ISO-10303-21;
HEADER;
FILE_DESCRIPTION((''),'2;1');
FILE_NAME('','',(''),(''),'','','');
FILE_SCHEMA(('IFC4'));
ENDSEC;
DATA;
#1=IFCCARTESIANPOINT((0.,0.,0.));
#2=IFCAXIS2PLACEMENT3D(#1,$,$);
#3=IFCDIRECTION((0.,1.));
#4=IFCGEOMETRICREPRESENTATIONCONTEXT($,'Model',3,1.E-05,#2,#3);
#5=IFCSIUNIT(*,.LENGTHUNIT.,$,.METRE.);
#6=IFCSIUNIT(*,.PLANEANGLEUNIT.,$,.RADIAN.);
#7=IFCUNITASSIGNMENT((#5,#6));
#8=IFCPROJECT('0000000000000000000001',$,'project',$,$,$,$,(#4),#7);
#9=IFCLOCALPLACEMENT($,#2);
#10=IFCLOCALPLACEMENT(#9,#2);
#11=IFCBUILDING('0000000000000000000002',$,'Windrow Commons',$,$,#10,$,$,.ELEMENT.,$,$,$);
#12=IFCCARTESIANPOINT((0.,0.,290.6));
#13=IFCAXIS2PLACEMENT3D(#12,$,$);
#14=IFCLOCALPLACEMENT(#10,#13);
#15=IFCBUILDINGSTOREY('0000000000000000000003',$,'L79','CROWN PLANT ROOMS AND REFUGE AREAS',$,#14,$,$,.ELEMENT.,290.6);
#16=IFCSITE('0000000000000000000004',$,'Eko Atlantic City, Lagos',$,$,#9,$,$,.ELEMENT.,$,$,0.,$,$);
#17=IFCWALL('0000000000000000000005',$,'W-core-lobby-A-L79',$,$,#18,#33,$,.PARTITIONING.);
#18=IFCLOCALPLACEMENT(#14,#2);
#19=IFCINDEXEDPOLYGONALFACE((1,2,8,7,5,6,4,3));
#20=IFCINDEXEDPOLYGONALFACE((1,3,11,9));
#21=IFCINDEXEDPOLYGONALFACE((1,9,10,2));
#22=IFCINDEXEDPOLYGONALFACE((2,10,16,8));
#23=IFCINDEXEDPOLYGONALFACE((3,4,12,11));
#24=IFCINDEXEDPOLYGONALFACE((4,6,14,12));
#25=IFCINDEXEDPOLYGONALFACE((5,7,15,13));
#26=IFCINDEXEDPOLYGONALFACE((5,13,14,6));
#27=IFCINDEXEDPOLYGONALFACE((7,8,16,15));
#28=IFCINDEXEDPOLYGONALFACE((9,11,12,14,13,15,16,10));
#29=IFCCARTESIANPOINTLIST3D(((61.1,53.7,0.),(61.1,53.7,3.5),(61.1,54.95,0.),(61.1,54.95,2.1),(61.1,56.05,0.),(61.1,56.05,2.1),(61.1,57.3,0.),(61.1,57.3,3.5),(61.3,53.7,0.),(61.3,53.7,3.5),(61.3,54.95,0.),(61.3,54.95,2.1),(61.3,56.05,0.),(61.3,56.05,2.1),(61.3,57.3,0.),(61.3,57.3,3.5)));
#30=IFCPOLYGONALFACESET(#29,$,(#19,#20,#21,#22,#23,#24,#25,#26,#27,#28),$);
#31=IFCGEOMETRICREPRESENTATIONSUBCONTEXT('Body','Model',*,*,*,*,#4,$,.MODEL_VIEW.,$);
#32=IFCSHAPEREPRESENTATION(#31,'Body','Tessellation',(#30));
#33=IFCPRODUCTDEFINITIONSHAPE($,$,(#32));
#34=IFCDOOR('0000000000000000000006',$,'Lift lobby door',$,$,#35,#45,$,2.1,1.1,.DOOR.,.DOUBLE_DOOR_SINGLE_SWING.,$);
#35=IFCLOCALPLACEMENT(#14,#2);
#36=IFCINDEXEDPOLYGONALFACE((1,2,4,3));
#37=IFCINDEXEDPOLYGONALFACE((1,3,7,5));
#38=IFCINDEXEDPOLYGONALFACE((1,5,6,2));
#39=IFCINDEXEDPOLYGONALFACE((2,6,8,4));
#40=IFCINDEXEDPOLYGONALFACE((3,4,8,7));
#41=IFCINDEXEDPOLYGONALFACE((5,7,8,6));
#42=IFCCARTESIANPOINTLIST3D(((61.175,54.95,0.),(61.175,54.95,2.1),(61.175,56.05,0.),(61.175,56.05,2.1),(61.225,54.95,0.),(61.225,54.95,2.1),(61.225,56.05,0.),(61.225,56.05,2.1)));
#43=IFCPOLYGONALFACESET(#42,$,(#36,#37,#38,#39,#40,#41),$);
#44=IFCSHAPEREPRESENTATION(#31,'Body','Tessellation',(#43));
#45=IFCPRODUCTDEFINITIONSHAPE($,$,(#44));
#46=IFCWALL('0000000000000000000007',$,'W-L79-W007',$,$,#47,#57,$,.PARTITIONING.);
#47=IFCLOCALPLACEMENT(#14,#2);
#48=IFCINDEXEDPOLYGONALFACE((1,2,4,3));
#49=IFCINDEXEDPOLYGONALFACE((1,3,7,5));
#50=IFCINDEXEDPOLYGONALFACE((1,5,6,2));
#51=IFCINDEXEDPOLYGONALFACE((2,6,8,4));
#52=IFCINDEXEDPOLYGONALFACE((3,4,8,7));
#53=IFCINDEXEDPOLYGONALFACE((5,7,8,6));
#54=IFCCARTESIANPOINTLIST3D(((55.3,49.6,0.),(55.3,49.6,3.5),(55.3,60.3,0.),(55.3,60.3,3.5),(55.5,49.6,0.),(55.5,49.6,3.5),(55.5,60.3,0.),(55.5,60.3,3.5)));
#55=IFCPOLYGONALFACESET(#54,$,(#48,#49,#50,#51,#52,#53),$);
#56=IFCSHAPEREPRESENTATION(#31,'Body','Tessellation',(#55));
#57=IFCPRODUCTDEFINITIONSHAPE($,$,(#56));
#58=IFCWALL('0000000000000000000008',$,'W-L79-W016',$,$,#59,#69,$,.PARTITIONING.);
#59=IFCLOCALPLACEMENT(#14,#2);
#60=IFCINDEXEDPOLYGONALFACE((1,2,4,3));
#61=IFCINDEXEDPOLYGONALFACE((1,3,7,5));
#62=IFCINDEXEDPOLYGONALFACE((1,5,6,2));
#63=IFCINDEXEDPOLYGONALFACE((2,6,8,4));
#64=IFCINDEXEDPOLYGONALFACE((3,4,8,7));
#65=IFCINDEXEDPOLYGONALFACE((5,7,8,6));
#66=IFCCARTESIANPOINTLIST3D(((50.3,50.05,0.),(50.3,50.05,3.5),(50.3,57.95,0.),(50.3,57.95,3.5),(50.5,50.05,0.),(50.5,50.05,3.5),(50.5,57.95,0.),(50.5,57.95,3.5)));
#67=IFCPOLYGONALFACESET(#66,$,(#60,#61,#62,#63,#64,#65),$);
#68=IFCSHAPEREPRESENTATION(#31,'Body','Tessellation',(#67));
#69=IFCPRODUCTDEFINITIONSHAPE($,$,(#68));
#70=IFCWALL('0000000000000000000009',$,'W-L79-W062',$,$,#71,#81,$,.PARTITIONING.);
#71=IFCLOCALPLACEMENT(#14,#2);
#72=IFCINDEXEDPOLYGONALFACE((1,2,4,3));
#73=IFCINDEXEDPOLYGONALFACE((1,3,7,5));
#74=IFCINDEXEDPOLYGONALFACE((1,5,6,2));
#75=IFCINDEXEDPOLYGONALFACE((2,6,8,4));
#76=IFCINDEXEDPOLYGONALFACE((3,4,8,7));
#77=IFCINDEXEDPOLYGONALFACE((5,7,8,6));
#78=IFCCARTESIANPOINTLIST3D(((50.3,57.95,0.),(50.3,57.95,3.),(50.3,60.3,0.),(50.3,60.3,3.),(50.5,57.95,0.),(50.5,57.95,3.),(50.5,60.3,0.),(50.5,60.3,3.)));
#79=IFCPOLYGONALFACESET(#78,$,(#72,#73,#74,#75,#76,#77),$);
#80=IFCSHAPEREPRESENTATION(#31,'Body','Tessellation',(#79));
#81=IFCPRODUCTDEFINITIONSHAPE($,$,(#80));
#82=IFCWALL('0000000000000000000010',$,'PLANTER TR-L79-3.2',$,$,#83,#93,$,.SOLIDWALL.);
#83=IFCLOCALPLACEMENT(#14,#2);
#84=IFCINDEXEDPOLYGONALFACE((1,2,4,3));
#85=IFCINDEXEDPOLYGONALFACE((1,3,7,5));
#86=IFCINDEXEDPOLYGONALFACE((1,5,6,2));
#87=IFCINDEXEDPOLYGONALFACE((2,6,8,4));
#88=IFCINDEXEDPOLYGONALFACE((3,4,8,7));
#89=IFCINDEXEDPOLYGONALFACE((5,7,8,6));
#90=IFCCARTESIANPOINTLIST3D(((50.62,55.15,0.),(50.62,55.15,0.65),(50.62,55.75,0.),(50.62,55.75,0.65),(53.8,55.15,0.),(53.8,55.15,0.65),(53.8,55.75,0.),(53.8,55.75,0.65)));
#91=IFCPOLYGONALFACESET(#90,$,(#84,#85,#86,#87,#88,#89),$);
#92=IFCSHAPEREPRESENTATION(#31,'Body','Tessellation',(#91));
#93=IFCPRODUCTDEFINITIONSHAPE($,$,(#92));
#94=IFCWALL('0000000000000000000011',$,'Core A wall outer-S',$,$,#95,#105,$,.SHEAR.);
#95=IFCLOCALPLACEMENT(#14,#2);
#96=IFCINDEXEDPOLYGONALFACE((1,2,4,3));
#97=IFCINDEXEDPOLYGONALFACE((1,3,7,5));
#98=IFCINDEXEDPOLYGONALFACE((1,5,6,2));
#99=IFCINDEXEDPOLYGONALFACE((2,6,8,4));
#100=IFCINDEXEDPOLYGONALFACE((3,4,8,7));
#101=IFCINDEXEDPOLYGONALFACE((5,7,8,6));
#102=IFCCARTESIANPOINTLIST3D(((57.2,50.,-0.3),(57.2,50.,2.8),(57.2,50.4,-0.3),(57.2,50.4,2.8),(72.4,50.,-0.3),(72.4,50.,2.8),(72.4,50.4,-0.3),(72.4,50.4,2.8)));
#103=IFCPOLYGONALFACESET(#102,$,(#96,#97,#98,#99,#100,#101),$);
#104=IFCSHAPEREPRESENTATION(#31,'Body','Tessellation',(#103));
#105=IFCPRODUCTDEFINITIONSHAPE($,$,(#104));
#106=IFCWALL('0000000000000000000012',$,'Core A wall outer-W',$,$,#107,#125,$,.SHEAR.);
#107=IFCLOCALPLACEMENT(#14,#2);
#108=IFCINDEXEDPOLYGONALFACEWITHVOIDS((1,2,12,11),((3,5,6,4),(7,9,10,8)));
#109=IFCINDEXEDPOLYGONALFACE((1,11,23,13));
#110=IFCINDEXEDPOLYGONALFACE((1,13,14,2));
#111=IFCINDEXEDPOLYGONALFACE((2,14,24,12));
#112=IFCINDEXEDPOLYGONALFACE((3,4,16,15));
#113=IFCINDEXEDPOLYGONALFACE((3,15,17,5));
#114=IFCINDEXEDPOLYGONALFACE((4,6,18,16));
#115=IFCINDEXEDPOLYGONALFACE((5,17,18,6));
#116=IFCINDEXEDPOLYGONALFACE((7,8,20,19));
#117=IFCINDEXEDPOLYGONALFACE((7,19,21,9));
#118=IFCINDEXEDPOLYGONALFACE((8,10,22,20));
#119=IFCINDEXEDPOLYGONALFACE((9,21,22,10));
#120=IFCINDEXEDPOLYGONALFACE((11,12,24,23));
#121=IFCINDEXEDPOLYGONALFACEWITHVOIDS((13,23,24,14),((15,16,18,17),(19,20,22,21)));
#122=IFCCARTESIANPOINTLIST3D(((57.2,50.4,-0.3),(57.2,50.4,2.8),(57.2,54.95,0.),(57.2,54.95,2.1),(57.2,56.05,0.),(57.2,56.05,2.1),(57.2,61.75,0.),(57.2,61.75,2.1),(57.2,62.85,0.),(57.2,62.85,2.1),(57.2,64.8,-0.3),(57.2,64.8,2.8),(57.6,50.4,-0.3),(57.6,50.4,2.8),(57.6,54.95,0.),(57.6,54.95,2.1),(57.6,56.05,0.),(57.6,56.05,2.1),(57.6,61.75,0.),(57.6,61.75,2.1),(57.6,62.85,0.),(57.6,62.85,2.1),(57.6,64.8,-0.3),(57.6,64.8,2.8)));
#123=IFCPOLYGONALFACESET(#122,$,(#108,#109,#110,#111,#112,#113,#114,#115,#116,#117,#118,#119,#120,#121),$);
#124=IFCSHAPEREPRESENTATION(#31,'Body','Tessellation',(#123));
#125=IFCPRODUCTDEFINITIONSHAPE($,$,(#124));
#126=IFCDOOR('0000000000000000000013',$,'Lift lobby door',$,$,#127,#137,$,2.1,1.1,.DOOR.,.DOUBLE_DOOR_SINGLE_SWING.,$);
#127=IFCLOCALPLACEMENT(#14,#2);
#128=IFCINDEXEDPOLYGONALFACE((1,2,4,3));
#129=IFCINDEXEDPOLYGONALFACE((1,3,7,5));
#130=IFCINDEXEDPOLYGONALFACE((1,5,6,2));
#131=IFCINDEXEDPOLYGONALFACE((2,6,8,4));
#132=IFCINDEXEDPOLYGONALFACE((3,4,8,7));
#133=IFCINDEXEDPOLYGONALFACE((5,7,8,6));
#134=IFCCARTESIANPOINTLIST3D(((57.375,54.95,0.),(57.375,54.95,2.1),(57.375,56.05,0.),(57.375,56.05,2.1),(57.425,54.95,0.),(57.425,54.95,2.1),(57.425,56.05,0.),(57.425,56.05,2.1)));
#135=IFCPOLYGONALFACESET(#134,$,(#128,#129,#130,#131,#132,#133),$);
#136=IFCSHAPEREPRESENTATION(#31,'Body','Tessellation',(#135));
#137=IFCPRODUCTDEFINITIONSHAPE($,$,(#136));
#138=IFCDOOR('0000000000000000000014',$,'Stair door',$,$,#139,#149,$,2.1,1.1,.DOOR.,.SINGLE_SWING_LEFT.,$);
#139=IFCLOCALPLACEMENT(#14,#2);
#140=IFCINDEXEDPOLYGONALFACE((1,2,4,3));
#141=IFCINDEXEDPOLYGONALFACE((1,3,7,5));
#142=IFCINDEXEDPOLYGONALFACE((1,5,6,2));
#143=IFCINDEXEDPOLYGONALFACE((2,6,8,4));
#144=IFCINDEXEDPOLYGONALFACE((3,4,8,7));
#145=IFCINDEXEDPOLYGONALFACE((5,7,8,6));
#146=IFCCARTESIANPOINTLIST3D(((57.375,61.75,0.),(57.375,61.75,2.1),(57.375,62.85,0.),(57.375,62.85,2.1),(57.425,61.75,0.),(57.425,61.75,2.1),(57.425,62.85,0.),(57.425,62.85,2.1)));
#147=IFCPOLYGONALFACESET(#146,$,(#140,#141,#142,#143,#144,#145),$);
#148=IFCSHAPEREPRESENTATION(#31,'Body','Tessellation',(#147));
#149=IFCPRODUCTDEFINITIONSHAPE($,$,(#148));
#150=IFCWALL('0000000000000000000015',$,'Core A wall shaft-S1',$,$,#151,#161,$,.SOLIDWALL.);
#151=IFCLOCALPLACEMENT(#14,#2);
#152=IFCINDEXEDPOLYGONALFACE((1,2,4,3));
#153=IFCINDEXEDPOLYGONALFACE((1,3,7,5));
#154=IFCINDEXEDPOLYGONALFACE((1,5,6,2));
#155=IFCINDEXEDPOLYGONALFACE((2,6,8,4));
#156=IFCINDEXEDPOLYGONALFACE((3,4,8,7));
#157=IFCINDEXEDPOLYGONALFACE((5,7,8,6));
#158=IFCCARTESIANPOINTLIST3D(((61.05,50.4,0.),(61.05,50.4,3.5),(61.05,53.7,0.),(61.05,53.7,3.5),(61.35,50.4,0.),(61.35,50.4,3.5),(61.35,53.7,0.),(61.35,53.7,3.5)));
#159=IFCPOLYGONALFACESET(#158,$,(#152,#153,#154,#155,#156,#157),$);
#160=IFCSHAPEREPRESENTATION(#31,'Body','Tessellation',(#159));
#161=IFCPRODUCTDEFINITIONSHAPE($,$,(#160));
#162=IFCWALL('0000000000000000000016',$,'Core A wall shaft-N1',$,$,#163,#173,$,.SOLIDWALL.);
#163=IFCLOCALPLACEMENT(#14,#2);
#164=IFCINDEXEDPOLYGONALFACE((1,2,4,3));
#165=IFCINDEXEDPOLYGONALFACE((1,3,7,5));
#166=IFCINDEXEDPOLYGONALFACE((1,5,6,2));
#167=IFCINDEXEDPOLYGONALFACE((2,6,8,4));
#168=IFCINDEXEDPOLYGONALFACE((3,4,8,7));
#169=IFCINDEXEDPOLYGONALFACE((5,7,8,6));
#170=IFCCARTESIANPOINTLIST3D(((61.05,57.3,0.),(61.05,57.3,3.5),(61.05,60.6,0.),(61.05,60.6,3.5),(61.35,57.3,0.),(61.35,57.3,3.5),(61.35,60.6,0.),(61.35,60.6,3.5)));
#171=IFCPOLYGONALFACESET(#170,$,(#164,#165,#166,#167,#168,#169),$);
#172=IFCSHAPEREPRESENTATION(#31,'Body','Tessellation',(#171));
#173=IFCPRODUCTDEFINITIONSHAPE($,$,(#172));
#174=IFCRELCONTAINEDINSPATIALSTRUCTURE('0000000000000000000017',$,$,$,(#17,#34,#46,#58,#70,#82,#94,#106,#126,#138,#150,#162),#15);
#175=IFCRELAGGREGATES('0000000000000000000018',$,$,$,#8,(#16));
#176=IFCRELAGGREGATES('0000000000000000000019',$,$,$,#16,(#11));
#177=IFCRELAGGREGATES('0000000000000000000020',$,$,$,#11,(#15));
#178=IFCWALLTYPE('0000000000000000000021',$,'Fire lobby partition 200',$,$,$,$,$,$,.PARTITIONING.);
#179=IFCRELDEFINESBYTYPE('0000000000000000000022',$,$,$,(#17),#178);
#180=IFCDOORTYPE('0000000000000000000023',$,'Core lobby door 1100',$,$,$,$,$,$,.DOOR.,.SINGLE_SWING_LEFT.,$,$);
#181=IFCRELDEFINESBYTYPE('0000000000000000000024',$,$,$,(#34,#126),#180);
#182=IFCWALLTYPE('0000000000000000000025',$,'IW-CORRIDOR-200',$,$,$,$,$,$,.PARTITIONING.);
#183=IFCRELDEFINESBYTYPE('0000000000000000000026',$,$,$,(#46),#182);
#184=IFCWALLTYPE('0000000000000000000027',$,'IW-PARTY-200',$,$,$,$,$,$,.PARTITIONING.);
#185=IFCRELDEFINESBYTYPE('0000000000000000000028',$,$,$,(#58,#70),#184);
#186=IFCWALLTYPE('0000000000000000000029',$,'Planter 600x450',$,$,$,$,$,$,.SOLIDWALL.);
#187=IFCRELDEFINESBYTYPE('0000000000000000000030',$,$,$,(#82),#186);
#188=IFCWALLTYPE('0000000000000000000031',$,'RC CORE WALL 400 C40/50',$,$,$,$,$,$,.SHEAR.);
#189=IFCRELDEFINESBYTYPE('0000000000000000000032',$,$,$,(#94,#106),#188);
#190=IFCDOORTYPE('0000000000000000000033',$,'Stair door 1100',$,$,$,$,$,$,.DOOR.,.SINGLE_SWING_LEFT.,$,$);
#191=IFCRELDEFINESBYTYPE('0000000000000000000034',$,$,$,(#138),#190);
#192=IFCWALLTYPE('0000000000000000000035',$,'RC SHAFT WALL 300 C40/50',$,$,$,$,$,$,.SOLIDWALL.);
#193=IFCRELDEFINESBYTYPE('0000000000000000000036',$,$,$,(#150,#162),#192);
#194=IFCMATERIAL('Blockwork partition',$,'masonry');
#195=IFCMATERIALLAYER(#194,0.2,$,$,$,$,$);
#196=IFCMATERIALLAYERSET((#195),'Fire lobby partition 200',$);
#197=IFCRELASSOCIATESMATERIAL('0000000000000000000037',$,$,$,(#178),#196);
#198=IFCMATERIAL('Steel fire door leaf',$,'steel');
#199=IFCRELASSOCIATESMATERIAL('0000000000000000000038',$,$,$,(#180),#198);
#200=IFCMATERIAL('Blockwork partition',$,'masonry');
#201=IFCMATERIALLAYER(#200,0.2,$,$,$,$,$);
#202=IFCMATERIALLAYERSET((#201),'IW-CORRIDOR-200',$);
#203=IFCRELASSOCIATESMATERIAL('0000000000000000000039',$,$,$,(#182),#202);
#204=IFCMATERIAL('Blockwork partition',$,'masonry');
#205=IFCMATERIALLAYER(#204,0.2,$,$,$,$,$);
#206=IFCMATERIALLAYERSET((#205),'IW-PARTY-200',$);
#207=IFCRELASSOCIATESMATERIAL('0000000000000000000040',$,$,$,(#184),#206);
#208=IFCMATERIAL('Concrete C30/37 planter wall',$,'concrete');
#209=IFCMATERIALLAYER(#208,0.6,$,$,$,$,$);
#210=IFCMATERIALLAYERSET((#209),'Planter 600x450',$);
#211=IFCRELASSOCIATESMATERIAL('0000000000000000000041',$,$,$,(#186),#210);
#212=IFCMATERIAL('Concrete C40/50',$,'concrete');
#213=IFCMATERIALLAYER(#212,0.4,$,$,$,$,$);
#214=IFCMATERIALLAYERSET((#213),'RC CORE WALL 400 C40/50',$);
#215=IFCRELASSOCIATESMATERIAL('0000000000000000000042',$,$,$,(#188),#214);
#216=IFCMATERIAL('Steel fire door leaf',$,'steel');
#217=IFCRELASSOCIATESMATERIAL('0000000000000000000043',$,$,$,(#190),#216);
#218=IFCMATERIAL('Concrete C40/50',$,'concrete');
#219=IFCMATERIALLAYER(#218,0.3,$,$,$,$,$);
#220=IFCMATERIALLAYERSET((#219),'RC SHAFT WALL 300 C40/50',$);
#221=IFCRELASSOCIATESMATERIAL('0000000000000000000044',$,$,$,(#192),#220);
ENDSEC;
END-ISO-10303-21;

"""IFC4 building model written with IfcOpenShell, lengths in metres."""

from ifc_helpers import new_model, si_unit, direction, frame, frame_2d, origin, place, context, subcontext, project, spatial, polyline, rectangle, outline, extrude, material, layer, layer_set, type_object, element, fill, save


model = new_model("IFC4")

# Units and contexts
model_context = context("Model", 3, precision=1e-05, world=origin(), true_north=direction((0.0, 1.0)))
body_context = subcontext(model_context, "Body", "Model", "MODEL_VIEW")
ifc_project = project(units=[si_unit("LENGTHUNIT", "METRE"), si_unit("PLANEANGLEUNIT", "RADIAN")], contexts=[model_context])

# Site, building, storey
site_placement = place(None, origin())
site = spatial("IfcSite", under=ifc_project, at=site_placement, Name="Eko Atlantic City, Lagos", CompositionType="ELEMENT", RefElevation=0.0)
building_placement = place(site_placement, origin())
building = spatial("IfcBuilding", under=site, at=building_placement, Name="Windrow Commons", CompositionType="ELEMENT")
storey_placement = place(building_placement, frame((0.0, 0.0, 290.6)))
storey = spatial("IfcBuildingStorey", under=building, at=storey_placement, Name="L79", Description="CROWN PLANT ROOMS AND REFUGE AREAS", CompositionType="ELEMENT", Elevation=290.6)

# Wall, opening, door
ifc_material_1 = material(Name="Blockwork partition", Category="masonry")
ifc_layer_1 = layer(ifc_material_1, 0.2)
ifc_layer_set_1 = layer_set([ifc_layer_1], Name="Fire lobby partition 200")
wall_type_1 = type_object("IfcWallType", Name="Fire lobby partition 200", PredefinedType="PARTITIONING", material=ifc_layer_set_1)
wall_1_placement = place(storey_placement, frame((61.2, 53.7, 0.0), z_axis=(0.0, 0.0, 1.0), x_axis=(0.0, 1.0, 0.0)))
wall_1 = element("IfcWall", 1, at=wall_1_placement, inside=storey, type_object=wall_type_1, Name="W-core-lobby-A-L79", PredefinedType="PARTITIONING", context=body_context, shape_type="SweptSolid", body=[
    extrude(rectangle(XDim=3.6, YDim=0.2, at=frame_2d((1.8, 0.0))), origin(), (0.0, 0.0, 1.0), 3.5),
])
opening_1_placement = place(wall_1_placement, frame((1.25, 0.0, 0.0)))
opening_1 = element("IfcOpeningElement", 2, at=opening_1_placement, cuts=wall_1, PredefinedType="OPENING", context=body_context, shape_type="SweptSolid", body=[
    extrude(rectangle(XDim=1.1, YDim=2.1, at=frame_2d((0.55, 1.05))), frame((0.0, 0.11, 0.0), z_axis=(0.0, -1.0, 0.0), x_axis=(1.0, 0.0, 0.0)), (0.0, 0.0, 1.0), 0.22),
])
ifc_material_2 = material(Name="Steel fire door leaf", Category="steel")
door_type_1 = type_object("IfcDoorType", Name="Core lobby door 1100", OperationType="SINGLE_SWING_LEFT", PredefinedType="DOOR", material=ifc_material_2)
door_1_placement = place(opening_1_placement, origin())
door_1 = element("IfcDoor", 3, at=door_1_placement, inside=storey, type_object=door_type_1, Name="Lift lobby door", OperationType="DOUBLE_DOOR_SINGLE_SWING", OverallHeight=2.1, OverallWidth=1.1, PredefinedType="DOOR", context=body_context, shape_type="SweptSolid", body=[
    extrude(rectangle(XDim=1.1, YDim=2.1, at=frame_2d((0.55, 1.05))), frame((0.0, 0.025, 0.0), z_axis=(0.0, -1.0, 0.0), x_axis=(1.0, 0.0, 0.0)), (0.0, 0.0, 1.0), 0.05),
])
fill(opening_1, door_1)

# Walls
ifc_material_3 = material(Name="Blockwork partition", Category="masonry")
ifc_layer_2 = layer(ifc_material_3, 0.2)
ifc_layer_set_2 = layer_set([ifc_layer_2], Name="IW-CORRIDOR-200")
wall_type_2 = type_object("IfcWallType", Name="IW-CORRIDOR-200", PredefinedType="PARTITIONING", material=ifc_layer_set_2)
wall_2_placement = place(storey_placement, frame((55.4, 49.6, 0.0), z_axis=(0.0, 0.0, 1.0), x_axis=(0.0, 1.0, 0.0)))
element("IfcWall", 4, at=wall_2_placement, inside=storey, type_object=wall_type_2, Name="W-L79-W007", PredefinedType="PARTITIONING", context=body_context, shape_type="SweptSolid", body=[
    extrude(rectangle(XDim=10.7, YDim=0.2, at=frame_2d((5.35, 0.0))), origin(), (0.0, 0.0, 1.0), 3.5),
])
ifc_material_4 = material(Name="Blockwork partition", Category="masonry")
ifc_layer_3 = layer(ifc_material_4, 0.2)
ifc_layer_set_3 = layer_set([ifc_layer_3], Name="IW-PARTY-200")
wall_type_3 = type_object("IfcWallType", Name="IW-PARTY-200", PredefinedType="PARTITIONING", material=ifc_layer_set_3)
wall_3_placement = place(storey_placement, frame((50.4, 50.05, 0.0), z_axis=(0.0, 0.0, 1.0), x_axis=(0.0, 1.0, 0.0)))
element("IfcWall", 5, at=wall_3_placement, inside=storey, type_object=wall_type_3, Name="W-L79-W016", PredefinedType="PARTITIONING", context=body_context, shape_type="SweptSolid", body=[
    extrude(rectangle(XDim=7.9, YDim=0.2, at=frame_2d((3.95, 0.0))), origin(), (0.0, 0.0, 1.0), 3.5),
])
wall_4_placement = place(storey_placement, frame((50.4, 57.95, 0.0), z_axis=(0.0, 0.0, 1.0), x_axis=(0.0, 1.0, 0.0)))
element("IfcWall", 6, at=wall_4_placement, inside=storey, type_object=wall_type_3, Name="W-L79-W062", PredefinedType="PARTITIONING", context=body_context, shape_type="SweptSolid", body=[
    extrude(rectangle(XDim=2.35, YDim=0.2, at=frame_2d((1.175, 0.0))), origin(), (0.0, 0.0, 1.0), 3.0),
])
ifc_material_5 = material(Name="Concrete C30/37 planter wall", Category="concrete")
ifc_layer_4 = layer(ifc_material_5, 0.6)
ifc_layer_set_4 = layer_set([ifc_layer_4], Name="Planter 600x450")
wall_type_4 = type_object("IfcWallType", Name="Planter 600x450", PredefinedType="SOLIDWALL", material=ifc_layer_set_4)
wall_5_placement = place(storey_placement, frame((53.8, 55.45, 0.0), z_axis=(0.0, 0.0, 1.0), x_axis=(-1.0, 0.0, 0.0)))
element("IfcWall", 7, at=wall_5_placement, inside=storey, type_object=wall_type_4, Name="PLANTER TR-L79-3.2", PredefinedType="SOLIDWALL", context=body_context, shape_type="SweptSolid", body=[
    extrude(outline(polyline([(0.0, -0.3), (3.18, -0.3), (3.18, 0.3), (0.0, 0.3), (0.0, -0.3)])), origin(), (0.0, 0.0, 1.0), 0.65),
])
ifc_material_6 = material(Name="Concrete C40/50", Category="concrete")
ifc_layer_5 = layer(ifc_material_6, 0.4)
ifc_layer_set_5 = layer_set([ifc_layer_5], Name="RC CORE WALL 400 C40/50")
wall_type_5 = type_object("IfcWallType", Name="RC CORE WALL 400 C40/50", PredefinedType="SHEAR", material=ifc_layer_set_5)
wall_6_placement = place(storey_placement, frame((57.2, 50.2, -0.3), z_axis=(0.0, 0.0, 1.0), x_axis=(1.0, 0.0, 0.0)))
element("IfcWall", 8, at=wall_6_placement, inside=storey, type_object=wall_type_5, Name="Core A wall outer-S", PredefinedType="SHEAR", context=body_context, shape_type="SweptSolid", body=[
    extrude(rectangle(XDim=15.2, YDim=0.4, at=frame_2d((7.6, 0.0))), origin(), (0.0, 0.0, 1.0), 3.1),
])

# Wall, openings, doors
wall_7_placement = place(storey_placement, frame((57.4, 50.4, -0.3), z_axis=(0.0, 0.0, 1.0), x_axis=(0.0, 1.0, 0.0)))
wall_7 = element("IfcWall", 9, at=wall_7_placement, inside=storey, type_object=wall_type_5, Name="Core A wall outer-W", PredefinedType="SHEAR", context=body_context, shape_type="SweptSolid", body=[
    extrude(rectangle(XDim=14.4, YDim=0.4, at=frame_2d((7.2, 0.0))), origin(), (0.0, 0.0, 1.0), 3.1),
])
opening_2_placement = place(wall_7_placement, frame((4.55, 0.0, 0.3)))
opening_2 = element("IfcOpeningElement", 10, at=opening_2_placement, cuts=wall_7, PredefinedType="OPENING", context=body_context, shape_type="SweptSolid", body=[
    extrude(rectangle(XDim=1.1, YDim=2.1, at=frame_2d((0.55, 1.05))), frame((0.0, 0.21, 0.0), z_axis=(0.0, -1.0, 0.0), x_axis=(1.0, 0.0, 0.0)), (0.0, 0.0, 1.0), 0.42),
])
opening_3_placement = place(wall_7_placement, frame((11.35, 0.0, 0.3)))
opening_3 = element("IfcOpeningElement", 11, at=opening_3_placement, cuts=wall_7, PredefinedType="OPENING", context=body_context, shape_type="SweptSolid", body=[
    extrude(rectangle(XDim=1.1, YDim=2.1, at=frame_2d((0.55, 1.05))), frame((0.0, 0.21, 0.0), z_axis=(0.0, -1.0, 0.0), x_axis=(1.0, 0.0, 0.0)), (0.0, 0.0, 1.0), 0.42),
])
door_2_placement = place(opening_2_placement, origin())
door_2 = element("IfcDoor", 12, at=door_2_placement, inside=storey, type_object=door_type_1, Name="Lift lobby door", OperationType="DOUBLE_DOOR_SINGLE_SWING", OverallHeight=2.1, OverallWidth=1.1, PredefinedType="DOOR", context=body_context, shape_type="SweptSolid", body=[
    extrude(rectangle(XDim=1.1, YDim=2.1, at=frame_2d((0.55, 1.05))), frame((0.0, 0.025, 0.0), z_axis=(0.0, -1.0, 0.0), x_axis=(1.0, 0.0, 0.0)), (0.0, 0.0, 1.0), 0.05),
])
fill(opening_2, door_2)
ifc_material_7 = material(Name="Steel fire door leaf", Category="steel")
door_type_2 = type_object("IfcDoorType", Name="Stair door 1100", OperationType="SINGLE_SWING_LEFT", PredefinedType="DOOR", material=ifc_material_7)
door_3_placement = place(opening_3_placement, origin())
door_3 = element("IfcDoor", 13, at=door_3_placement, inside=storey, type_object=door_type_2, Name="Stair door", OperationType="SINGLE_SWING_LEFT", OverallHeight=2.1, OverallWidth=1.1, PredefinedType="DOOR", context=body_context, shape_type="SweptSolid", body=[
    extrude(rectangle(XDim=1.1, YDim=2.1, at=frame_2d((0.55, 1.05))), frame((0.0, 0.025, 0.0), z_axis=(0.0, -1.0, 0.0), x_axis=(1.0, 0.0, 0.0)), (0.0, 0.0, 1.0), 0.05),
])
fill(opening_3, door_3)

# Walls
ifc_material_8 = material(Name="Concrete C40/50", Category="concrete")
ifc_layer_6 = layer(ifc_material_8, 0.3)
ifc_layer_set_6 = layer_set([ifc_layer_6], Name="RC SHAFT WALL 300 C40/50")
wall_type_6 = type_object("IfcWallType", Name="RC SHAFT WALL 300 C40/50", PredefinedType="SOLIDWALL", material=ifc_layer_set_6)
for number, where, z_axis, x_axis, name in (
    (14, (61.2, 50.4, 0.0), (0.0, 0.0, 1.0), (0.0, 1.0, 0.0), "Core A wall shaft-S1"),
    (15, (61.2, 57.3, 0.0), (0.0, 0.0, 1.0), (0.0, 1.0, 0.0), "Core A wall shaft-N1"),
):
    element("IfcWall", number, at=place(storey_placement, frame(where, z_axis=z_axis, x_axis=x_axis)), inside=storey, type_object=wall_type_6, Name=name, PredefinedType="SOLIDWALL", context=body_context, shape_type="SweptSolid", body=[
        extrude(rectangle(XDim=3.3, YDim=0.3, at=frame_2d((1.65, 0.0))), origin(), (0.0, 0.0, 1.0), 3.5),
    ])

save(model, "model.ifc")
